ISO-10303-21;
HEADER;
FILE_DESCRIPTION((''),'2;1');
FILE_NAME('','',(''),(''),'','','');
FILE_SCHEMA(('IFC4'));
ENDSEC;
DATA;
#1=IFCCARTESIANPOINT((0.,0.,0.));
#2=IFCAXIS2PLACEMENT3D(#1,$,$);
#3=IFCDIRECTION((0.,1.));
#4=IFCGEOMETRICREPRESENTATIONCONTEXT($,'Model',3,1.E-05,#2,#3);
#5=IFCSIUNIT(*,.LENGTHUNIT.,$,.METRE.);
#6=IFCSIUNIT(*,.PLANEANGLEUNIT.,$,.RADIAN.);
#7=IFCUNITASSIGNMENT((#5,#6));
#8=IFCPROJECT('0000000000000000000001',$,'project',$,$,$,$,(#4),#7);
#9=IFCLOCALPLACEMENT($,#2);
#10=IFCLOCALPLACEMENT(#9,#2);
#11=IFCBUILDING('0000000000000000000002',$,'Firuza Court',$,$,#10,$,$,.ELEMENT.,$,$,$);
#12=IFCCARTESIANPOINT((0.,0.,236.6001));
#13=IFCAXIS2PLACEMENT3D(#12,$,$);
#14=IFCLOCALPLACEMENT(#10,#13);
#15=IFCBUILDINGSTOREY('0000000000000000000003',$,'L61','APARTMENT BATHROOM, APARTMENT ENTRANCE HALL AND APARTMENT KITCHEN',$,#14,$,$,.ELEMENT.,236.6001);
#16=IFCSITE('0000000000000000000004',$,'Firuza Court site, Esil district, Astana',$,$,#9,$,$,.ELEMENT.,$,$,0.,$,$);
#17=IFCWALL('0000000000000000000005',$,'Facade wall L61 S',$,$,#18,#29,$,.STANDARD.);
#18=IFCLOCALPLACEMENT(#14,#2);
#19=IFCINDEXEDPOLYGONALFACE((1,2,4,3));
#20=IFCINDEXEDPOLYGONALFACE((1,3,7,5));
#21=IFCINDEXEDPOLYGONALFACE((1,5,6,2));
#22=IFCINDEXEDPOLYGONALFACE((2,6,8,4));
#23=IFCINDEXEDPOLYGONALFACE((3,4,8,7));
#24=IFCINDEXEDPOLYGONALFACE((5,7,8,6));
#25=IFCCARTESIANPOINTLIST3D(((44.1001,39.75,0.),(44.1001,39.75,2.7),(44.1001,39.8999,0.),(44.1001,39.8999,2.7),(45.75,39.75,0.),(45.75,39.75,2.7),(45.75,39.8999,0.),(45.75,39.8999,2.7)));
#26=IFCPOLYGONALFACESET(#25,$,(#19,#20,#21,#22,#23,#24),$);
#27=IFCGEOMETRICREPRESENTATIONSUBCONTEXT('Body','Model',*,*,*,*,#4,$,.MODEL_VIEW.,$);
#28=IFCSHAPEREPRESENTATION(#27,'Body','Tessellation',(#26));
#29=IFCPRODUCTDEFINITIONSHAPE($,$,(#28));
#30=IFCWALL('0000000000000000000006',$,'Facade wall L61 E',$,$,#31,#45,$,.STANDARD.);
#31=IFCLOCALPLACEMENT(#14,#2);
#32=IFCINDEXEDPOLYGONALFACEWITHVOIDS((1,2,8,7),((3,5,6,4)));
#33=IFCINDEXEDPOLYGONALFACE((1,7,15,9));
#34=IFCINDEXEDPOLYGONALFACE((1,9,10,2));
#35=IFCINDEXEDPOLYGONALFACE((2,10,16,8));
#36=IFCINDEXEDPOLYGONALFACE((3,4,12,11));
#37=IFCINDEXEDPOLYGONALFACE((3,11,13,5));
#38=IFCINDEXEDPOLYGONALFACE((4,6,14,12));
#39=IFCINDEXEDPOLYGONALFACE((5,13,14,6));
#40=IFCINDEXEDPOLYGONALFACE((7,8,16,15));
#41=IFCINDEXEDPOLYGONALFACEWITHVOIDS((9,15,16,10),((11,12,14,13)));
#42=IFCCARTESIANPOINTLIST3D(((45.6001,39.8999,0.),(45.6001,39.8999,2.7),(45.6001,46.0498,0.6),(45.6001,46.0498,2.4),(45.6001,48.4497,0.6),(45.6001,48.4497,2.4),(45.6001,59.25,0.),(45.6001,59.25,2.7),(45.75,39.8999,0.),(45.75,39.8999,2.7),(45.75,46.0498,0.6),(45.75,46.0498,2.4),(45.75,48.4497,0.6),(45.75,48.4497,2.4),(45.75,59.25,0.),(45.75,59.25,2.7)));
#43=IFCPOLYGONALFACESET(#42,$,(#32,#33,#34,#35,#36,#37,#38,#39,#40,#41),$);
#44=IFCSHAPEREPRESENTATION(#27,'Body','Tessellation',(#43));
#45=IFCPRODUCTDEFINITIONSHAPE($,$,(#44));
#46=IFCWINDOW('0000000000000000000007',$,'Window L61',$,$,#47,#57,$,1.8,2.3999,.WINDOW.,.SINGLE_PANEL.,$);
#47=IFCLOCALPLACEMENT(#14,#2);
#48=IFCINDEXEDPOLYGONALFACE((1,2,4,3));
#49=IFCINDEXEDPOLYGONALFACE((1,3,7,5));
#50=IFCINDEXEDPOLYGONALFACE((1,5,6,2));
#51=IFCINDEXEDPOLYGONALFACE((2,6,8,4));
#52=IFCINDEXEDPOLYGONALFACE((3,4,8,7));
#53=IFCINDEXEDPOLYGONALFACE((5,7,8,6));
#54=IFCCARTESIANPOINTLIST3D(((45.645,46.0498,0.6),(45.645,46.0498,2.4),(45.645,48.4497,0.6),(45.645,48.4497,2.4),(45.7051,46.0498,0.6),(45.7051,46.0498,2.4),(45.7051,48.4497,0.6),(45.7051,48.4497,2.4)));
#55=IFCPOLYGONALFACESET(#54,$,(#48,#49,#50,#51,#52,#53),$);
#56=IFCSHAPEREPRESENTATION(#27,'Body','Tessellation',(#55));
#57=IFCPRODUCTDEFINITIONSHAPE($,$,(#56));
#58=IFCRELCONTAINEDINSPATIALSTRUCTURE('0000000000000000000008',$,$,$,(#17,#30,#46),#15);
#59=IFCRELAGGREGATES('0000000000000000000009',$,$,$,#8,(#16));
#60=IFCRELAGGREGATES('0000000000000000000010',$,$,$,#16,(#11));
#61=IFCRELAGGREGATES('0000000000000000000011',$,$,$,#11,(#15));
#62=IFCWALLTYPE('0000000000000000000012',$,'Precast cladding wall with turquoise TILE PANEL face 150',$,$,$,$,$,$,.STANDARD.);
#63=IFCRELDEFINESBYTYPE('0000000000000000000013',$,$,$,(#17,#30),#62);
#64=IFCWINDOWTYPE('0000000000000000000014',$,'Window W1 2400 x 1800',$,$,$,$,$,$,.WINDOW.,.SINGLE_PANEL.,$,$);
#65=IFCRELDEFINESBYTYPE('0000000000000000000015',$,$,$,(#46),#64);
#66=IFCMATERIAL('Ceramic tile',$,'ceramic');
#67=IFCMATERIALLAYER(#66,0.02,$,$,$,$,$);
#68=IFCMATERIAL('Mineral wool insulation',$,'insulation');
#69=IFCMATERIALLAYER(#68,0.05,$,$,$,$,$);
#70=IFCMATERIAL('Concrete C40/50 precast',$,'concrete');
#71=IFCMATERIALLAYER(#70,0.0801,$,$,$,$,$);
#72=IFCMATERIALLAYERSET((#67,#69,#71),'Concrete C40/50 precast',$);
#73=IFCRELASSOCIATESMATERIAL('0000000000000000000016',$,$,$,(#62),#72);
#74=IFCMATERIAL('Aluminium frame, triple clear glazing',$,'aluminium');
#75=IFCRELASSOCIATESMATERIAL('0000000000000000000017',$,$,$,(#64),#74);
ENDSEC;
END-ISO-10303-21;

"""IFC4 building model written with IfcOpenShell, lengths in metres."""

from ifc_helpers import new_model, si_unit, direction, frame, frame_2d, origin, place, context, subcontext, project, spatial, rectangle, extrude, material, layer, layer_set, type_object, element, fill, save


model = new_model("IFC4")

# Units and contexts
model_context = context("Model", 3, precision=1e-05, world=origin(), true_north=direction((0.0, 1.0)))
body_context = subcontext(model_context, "Body", "Model", "MODEL_VIEW")
ifc_project = project(units=[si_unit("LENGTHUNIT", "METRE"), si_unit("PLANEANGLEUNIT", "RADIAN")], contexts=[model_context])

# Site, building, storey
site_placement = place(None, origin())
site = spatial("IfcSite", under=ifc_project, at=site_placement, Name="Firuza Court site, Esil district, Astana", CompositionType="ELEMENT", RefElevation=0.0)
building_placement = place(site_placement, origin())
building = spatial("IfcBuilding", under=site, at=building_placement, Name="Firuza Court", CompositionType="ELEMENT")
storey_placement = place(building_placement, frame((0.0, 0.0, 236.6001)))
storey = spatial("IfcBuildingStorey", under=building, at=storey_placement, Name="L61", Description="APARTMENT BATHROOM, APARTMENT ENTRANCE HALL AND APARTMENT KITCHEN", CompositionType="ELEMENT", Elevation=236.6001)

# Shared definitions
ifc_material_1 = material(Name="Ceramic tile", Category="ceramic")
ifc_layer_1 = layer(ifc_material_1, 0.02)
ifc_material_2 = material(Name="Mineral wool insulation", Category="insulation")
ifc_layer_2 = layer(ifc_material_2, 0.05)
ifc_material_3 = material(Name="Concrete C40/50 precast", Category="concrete")
ifc_layer_3 = layer(ifc_material_3, 0.0801)
ifc_layer_set_1 = layer_set([ifc_layer_1, ifc_layer_2, ifc_layer_3], Name="Concrete C40/50 precast")
wall_type_1 = type_object("IfcWallType", Name="Precast cladding wall with turquoise TILE PANEL face 150", PredefinedType="STANDARD", material=ifc_layer_set_1)

# Wall
wall_1_placement = place(storey_placement, frame((44.1001, 39.825, 0.0), z_axis=(0.0, 0.0, 1.0), x_axis=(1.0, 0.0, 0.0)))
element("IfcWall", 1, at=wall_1_placement, inside=storey, type_object=wall_type_1, Name="Facade wall L61 S", PredefinedType="STANDARD", context=body_context, shape_type="SweptSolid", body=[
    extrude(rectangle(XDim=1.6499, YDim=0.1499, at=frame_2d((0.825, 0.0))), origin(), (0.0, 0.0, 1.0), 2.7),
])

# Wall, opening, window
wall_2_placement = place(storey_placement, frame((45.675, 39.8999, 0.0), z_axis=(0.0, 0.0, 1.0), x_axis=(0.0, 1.0, 0.0)))
wall_2 = element("IfcWall", 2, at=wall_2_placement, inside=storey, type_object=wall_type_1, Name="Facade wall L61 E", PredefinedType="STANDARD", context=body_context, shape_type="SweptSolid", body=[
    extrude(rectangle(XDim=19.3501, YDim=0.1499, at=frame_2d((9.675, 0.0))), origin(), (0.0, 0.0, 1.0), 2.7),
])
opening_1_placement = place(wall_2_placement, frame((6.1499, 0.0, 0.6001)))
opening_1 = element("IfcOpeningElement", 3, at=opening_1_placement, cuts=wall_2, PredefinedType="OPENING", context=body_context, shape_type="SweptSolid", body=[
    extrude(rectangle(XDim=2.3999, YDim=1.8, at=frame_2d((1.2, 0.8999))), frame((0.0, 0.0869, 0.0), z_axis=(0.0, -1.0, 0.0), x_axis=(1.0, 0.0, 0.0)), (0.0, 0.0, 1.0), 0.1738),
])
ifc_material_4 = material(Name="Aluminium frame, triple clear glazing", Category="aluminium")
window_type_1 = type_object("IfcWindowType", Name="Window W1 2400 x 1800", PartitioningType="SINGLE_PANEL", PredefinedType="WINDOW", material=ifc_material_4)
window_1_placement = place(opening_1_placement, origin())
window_1 = element("IfcWindow", 4, at=window_1_placement, inside=storey, type_object=window_type_1, Name="Window L61", OverallHeight=1.8, OverallWidth=2.3999, PartitioningType="SINGLE_PANEL", PredefinedType="WINDOW", context=body_context, shape_type="SweptSolid", body=[
    extrude(rectangle(XDim=2.3999, YDim=1.8, at=frame_2d((1.2, 0.8999))), frame((0.0, 0.03, 0.0), z_axis=(0.0, -1.0, 0.0), x_axis=(1.0, 0.0, 0.0)), (0.0, 0.0, 1.0), 0.0601),
])
fill(opening_1, window_1)

save(model, "model.ifc")
